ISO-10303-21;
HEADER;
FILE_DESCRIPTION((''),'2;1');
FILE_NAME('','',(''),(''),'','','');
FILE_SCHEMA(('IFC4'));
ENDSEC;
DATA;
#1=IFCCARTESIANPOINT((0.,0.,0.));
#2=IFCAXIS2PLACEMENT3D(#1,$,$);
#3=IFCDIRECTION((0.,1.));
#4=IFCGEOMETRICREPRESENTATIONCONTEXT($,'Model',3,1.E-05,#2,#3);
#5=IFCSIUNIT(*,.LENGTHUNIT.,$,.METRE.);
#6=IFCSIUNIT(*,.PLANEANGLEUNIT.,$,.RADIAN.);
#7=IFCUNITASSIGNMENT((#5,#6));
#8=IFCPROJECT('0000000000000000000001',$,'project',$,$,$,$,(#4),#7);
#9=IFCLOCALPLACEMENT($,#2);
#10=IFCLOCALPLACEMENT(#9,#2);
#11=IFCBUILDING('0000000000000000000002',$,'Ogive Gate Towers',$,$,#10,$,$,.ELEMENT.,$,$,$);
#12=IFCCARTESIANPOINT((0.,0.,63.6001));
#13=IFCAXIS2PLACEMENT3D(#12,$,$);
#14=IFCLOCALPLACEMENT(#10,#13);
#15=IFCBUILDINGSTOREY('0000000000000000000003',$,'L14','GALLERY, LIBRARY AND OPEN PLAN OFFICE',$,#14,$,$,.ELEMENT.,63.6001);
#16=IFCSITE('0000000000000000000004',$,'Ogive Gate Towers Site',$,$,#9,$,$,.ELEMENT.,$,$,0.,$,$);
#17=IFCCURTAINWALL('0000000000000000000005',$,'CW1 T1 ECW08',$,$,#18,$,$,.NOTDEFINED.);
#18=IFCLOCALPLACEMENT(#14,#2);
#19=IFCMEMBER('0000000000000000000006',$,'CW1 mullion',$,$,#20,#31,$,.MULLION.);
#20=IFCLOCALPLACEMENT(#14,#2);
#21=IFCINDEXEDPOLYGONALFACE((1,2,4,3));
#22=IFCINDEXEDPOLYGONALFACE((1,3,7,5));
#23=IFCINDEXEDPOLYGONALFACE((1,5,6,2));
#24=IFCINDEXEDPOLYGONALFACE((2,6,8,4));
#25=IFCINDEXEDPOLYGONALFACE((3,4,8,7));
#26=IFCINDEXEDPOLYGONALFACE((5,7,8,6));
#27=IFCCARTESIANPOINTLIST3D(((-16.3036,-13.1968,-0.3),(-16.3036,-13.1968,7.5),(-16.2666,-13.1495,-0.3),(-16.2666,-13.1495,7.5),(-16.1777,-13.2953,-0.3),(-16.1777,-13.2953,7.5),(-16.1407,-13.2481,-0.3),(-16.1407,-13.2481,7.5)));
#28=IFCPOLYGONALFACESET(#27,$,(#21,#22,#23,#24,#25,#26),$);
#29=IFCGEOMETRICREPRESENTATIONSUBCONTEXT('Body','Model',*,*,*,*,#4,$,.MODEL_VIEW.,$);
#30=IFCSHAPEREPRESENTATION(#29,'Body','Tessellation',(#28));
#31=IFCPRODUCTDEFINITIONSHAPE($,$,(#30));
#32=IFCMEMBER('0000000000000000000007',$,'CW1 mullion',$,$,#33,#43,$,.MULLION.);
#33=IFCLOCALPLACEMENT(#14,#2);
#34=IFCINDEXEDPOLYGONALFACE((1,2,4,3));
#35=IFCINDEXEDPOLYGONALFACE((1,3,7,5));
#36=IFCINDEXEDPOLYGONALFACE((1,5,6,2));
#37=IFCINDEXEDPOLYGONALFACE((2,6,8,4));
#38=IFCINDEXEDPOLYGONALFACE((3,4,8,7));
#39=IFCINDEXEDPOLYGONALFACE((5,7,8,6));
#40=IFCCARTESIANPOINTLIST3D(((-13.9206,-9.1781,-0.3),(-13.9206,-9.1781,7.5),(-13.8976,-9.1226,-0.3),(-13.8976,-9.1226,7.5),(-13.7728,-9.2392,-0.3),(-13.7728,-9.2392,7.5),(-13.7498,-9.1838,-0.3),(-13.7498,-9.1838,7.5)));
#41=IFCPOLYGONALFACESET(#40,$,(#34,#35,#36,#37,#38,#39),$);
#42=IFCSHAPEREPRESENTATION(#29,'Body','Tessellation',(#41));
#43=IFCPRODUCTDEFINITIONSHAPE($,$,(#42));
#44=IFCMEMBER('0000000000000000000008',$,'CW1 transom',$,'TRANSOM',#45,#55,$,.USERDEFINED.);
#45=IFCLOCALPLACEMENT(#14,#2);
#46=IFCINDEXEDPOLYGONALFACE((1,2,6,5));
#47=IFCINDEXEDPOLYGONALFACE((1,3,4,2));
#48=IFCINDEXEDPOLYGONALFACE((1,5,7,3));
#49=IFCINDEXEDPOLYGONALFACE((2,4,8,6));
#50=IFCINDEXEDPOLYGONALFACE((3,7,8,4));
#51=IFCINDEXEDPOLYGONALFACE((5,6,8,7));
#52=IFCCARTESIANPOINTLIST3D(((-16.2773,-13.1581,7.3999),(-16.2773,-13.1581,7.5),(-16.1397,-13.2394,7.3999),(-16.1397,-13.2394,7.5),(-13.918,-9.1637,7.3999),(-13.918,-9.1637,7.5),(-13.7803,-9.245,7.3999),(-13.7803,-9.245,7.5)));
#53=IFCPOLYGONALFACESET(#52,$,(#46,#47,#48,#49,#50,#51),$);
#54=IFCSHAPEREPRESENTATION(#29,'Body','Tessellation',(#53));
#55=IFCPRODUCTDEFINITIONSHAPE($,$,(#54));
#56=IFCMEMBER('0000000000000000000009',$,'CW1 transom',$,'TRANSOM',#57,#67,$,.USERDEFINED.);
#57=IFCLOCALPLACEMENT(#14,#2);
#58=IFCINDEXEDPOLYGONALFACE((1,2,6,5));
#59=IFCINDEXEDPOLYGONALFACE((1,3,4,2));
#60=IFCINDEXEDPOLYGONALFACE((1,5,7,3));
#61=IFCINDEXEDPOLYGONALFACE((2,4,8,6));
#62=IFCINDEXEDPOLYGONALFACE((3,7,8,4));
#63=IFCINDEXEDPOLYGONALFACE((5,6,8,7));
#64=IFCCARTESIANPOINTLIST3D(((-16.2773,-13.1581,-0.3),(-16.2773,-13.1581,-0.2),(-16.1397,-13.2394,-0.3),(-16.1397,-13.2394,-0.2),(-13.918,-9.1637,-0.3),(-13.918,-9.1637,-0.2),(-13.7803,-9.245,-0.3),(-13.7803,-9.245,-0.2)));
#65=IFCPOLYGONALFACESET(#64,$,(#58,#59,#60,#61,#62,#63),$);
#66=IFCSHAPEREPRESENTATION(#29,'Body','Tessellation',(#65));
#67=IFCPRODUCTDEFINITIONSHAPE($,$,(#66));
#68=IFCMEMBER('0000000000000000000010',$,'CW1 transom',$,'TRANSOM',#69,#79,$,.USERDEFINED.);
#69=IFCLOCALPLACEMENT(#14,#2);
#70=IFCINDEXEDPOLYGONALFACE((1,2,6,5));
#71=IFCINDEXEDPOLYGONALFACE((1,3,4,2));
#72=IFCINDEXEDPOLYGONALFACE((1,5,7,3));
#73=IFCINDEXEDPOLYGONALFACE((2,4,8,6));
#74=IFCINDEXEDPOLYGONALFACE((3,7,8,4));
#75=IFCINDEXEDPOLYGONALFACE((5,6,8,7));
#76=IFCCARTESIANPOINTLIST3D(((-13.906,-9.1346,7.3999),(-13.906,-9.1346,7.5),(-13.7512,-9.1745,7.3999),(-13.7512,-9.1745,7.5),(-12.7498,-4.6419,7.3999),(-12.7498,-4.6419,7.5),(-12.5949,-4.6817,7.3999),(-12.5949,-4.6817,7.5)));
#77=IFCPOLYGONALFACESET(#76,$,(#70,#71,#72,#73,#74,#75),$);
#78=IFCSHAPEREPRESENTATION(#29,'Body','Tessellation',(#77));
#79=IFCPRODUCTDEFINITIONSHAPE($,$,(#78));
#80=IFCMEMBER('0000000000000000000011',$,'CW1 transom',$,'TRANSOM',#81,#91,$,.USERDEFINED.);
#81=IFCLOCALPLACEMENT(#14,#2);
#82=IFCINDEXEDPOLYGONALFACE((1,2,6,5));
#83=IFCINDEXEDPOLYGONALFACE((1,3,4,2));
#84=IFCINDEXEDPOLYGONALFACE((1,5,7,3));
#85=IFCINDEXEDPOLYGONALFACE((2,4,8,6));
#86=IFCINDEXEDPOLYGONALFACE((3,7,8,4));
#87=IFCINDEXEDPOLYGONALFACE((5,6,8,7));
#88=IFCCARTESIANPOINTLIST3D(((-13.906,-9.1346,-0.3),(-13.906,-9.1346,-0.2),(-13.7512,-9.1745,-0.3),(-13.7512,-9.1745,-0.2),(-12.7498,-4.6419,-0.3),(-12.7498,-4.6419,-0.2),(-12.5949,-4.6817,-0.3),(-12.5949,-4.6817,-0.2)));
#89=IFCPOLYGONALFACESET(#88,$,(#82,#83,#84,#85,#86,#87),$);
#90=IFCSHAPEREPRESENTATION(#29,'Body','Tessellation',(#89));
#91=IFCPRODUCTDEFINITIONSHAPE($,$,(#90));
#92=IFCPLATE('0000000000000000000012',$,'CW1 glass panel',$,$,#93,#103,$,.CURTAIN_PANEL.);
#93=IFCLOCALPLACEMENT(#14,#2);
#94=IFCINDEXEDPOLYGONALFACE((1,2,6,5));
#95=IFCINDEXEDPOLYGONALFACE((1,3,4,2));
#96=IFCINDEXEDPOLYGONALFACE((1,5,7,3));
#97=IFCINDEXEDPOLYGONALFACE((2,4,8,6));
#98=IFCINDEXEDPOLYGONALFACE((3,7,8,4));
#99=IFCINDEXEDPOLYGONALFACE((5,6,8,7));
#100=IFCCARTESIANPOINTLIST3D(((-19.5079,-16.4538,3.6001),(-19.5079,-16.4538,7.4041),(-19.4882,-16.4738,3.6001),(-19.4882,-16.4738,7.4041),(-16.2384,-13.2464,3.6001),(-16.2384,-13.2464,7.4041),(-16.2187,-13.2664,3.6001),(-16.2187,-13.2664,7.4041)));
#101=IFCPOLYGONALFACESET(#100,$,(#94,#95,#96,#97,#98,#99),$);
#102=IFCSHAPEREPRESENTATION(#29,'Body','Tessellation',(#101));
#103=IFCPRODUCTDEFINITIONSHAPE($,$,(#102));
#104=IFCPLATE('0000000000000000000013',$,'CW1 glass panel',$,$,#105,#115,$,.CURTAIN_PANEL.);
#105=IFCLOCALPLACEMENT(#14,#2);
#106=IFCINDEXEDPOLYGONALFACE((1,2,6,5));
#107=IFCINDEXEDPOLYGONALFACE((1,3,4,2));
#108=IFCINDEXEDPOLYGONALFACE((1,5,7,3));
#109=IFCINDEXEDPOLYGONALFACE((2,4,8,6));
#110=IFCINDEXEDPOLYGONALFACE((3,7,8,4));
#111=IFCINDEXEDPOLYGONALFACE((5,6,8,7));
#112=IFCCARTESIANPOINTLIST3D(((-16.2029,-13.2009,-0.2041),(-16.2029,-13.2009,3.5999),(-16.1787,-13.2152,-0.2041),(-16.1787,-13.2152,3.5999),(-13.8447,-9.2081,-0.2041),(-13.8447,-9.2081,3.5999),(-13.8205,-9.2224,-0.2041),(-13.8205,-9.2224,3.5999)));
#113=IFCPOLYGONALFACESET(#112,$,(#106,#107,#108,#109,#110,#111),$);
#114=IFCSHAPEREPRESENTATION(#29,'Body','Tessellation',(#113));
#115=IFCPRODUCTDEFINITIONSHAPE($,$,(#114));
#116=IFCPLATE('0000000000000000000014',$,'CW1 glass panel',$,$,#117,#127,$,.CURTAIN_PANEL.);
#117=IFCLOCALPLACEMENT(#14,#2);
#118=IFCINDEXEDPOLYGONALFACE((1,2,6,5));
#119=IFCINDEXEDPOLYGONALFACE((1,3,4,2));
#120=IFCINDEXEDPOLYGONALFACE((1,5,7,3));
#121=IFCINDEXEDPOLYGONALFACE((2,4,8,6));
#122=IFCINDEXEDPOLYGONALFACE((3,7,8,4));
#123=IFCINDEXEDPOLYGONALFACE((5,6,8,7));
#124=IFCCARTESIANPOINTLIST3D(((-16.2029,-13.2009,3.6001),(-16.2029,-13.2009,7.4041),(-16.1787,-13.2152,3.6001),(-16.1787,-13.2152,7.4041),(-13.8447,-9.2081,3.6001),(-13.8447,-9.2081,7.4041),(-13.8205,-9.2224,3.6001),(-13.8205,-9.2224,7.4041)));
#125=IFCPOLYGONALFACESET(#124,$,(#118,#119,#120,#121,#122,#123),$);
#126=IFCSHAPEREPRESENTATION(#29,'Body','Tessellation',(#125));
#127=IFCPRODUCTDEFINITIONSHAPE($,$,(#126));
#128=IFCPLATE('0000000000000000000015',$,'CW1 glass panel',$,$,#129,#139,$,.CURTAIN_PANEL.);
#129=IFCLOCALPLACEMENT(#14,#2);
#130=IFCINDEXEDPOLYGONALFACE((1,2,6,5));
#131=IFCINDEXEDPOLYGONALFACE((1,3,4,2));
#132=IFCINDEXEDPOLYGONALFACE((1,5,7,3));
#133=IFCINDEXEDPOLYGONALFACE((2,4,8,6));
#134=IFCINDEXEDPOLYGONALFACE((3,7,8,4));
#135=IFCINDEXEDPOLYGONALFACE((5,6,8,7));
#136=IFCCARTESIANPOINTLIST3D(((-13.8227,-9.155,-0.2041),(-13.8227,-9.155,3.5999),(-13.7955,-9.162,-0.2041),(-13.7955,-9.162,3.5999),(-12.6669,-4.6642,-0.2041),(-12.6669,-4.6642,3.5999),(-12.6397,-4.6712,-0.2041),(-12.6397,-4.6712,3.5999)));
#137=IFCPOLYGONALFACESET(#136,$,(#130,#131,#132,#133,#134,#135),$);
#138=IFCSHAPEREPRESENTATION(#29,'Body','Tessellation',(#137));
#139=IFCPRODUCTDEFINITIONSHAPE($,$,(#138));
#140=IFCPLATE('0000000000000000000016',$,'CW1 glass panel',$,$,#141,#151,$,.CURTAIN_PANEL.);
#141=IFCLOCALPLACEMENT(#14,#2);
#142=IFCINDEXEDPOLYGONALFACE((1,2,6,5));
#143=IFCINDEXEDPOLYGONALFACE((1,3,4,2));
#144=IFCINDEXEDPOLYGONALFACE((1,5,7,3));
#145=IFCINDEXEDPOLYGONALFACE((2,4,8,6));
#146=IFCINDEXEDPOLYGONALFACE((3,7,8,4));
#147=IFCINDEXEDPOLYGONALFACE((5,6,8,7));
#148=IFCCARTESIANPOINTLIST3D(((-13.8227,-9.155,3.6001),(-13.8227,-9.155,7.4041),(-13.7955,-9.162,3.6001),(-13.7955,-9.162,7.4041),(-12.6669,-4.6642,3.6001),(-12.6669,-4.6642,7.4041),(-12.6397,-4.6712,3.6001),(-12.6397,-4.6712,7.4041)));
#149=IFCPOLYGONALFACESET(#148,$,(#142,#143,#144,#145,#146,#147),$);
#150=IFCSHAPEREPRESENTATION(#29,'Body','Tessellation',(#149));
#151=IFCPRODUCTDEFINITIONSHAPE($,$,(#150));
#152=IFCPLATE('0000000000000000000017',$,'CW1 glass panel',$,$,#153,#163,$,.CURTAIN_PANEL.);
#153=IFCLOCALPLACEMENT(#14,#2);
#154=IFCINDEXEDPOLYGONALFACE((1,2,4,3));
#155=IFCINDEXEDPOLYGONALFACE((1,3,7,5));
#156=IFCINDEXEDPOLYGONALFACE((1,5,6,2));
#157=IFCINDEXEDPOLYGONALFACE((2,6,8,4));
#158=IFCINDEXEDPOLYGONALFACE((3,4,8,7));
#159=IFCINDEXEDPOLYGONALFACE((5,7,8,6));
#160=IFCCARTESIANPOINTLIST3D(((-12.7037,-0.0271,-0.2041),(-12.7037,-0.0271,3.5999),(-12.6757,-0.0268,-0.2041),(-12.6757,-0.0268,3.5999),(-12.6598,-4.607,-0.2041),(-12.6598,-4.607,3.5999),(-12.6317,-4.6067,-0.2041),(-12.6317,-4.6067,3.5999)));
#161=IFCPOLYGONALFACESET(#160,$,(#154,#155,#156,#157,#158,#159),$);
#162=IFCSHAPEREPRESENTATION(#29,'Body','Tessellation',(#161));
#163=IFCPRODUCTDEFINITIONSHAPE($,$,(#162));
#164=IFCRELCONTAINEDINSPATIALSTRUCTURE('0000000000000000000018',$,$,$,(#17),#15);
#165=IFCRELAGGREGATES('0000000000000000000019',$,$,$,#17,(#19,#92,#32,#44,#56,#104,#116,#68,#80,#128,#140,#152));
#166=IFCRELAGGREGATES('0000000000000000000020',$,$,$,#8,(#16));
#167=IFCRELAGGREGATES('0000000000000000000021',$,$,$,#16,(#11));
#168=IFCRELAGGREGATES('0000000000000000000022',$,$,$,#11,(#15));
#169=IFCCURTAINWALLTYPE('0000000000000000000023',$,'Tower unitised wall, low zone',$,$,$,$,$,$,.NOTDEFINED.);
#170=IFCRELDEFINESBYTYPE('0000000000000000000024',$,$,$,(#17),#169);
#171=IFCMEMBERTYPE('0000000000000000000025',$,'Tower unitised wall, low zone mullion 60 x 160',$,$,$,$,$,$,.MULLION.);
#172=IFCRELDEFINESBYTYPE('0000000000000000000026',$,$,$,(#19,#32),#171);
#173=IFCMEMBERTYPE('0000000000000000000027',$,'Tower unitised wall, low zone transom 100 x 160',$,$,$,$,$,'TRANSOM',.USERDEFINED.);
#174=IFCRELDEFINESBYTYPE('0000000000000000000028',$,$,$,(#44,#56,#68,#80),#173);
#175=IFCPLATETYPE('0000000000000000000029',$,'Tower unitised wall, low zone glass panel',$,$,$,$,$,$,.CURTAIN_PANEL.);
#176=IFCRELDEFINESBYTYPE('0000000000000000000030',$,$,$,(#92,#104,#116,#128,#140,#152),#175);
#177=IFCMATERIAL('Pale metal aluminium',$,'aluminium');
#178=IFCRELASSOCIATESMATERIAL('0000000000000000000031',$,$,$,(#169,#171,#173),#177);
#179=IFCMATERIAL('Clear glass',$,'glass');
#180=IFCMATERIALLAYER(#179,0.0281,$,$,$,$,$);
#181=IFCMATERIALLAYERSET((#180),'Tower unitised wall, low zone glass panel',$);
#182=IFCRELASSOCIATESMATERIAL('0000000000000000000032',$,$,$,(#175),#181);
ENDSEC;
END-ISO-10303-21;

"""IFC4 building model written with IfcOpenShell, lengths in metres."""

from ifc_helpers import new_model, si_unit, direction, frame, origin, origin_2d, place, context, subcontext, project, spatial, rectangle, extrude, material, layer, layer_set, material_profile, profile_set, type_object, element, aggregate, save


model = new_model("IFC4")

# Units and contexts
model_context = context("Model", 3, precision=1e-05, world=origin(), true_north=direction((0.0, 1.0)))
body_context = subcontext(model_context, "Body", "Model", "MODEL_VIEW")
ifc_project = project(units=[si_unit("LENGTHUNIT", "METRE"), si_unit("PLANEANGLEUNIT", "RADIAN")], contexts=[model_context])

# Site, building, storey
site_placement = place(None, origin())
site = spatial("IfcSite", under=ifc_project, at=site_placement, Name="Ogive Gate Towers Site", CompositionType="ELEMENT", RefElevation=0.0)
building_placement = place(site_placement, origin())
building = spatial("IfcBuilding", under=site, at=building_placement, Name="Ogive Gate Towers", CompositionType="ELEMENT")
storey_placement = place(building_placement, frame((0.0, 0.0, 63.6001)))
storey = spatial("IfcBuildingStorey", under=building, at=storey_placement, Name="L14", Description="GALLERY, LIBRARY AND OPEN PLAN OFFICE", CompositionType="ELEMENT", Elevation=63.6001)

# Curtain wall, members, plates
ifc_material_1 = material(Name="Pale metal aluminium", Category="aluminium")
curtain_wall_type = type_object("IfcCurtainWallType", Name="Tower unitised wall, low zone", PredefinedType="NOTDEFINED", material=ifc_material_1)
curtain_wall_placement = place(storey_placement, origin())
curtain_wall = element("IfcCurtainWall", 1, at=curtain_wall_placement, inside=storey, type_object=curtain_wall_type, Name="CW1 T1 ECW08", PredefinedType="NOTDEFINED")
ifc_material_profile_1 = material_profile(ifc_material_1, rectangle(XDim=0.1599, YDim=0.0601, at=origin_2d()), Name="60 x 160 aluminium box")
ifc_profile_set_1 = profile_set([ifc_material_profile_1], Name="Pale metal aluminium")
member_type_1 = type_object("IfcMemberType", Name="Tower unitised wall, low zone mullion 60 x 160", PredefinedType="MULLION", material=ifc_profile_set_1)
member_1_placement = place(storey_placement, frame((-16.2222, -13.2224, -0.3), z_axis=(0.0, 0.0, 1.0), x_axis=(0.787387, -0.616459, 0.0)))
member_1 = element("IfcMember", 2, at=member_1_placement, type_object=member_type_1, Name="CW1 mullion", PredefinedType="MULLION", context=body_context, shape_type="SweptSolid", body=[
    extrude(rectangle(XDim=0.1599, YDim=0.0601, at=origin_2d()), origin(), (0.0, 0.0, 1.0), 7.8),
])
member_2_placement = place(storey_placement, frame((-13.8352, -9.1809, -0.3), z_axis=(0.0, 0.0, 1.0), x_axis=(0.92388, -0.382683, 0.0)))
member_2 = element("IfcMember", 3, at=member_2_placement, type_object=member_type_1, Name="CW1 mullion", PredefinedType="MULLION", context=body_context, shape_type="SweptSolid", body=[
    extrude(rectangle(XDim=0.1599, YDim=0.0601, at=origin_2d()), origin(), (0.0, 0.0, 1.0), 7.8),
])
ifc_material_profile_2 = material_profile(ifc_material_1, rectangle(XDim=0.1599, YDim=0.1001, at=origin_2d()), Name="100 x 160 aluminium box")
ifc_profile_set_2 = profile_set([ifc_material_profile_2], Name="Pale metal aluminium")
member_type_2 = type_object("IfcMemberType", Name="Tower unitised wall, low zone transom 100 x 160", ElementType="TRANSOM", PredefinedType="USERDEFINED", material=ifc_profile_set_2)
member_3_placement = place(storey_placement, frame((-16.2085, -13.1987, 7.45), z_axis=(0.508579, 0.861016, 0.0), x_axis=(-0.861016, 0.508579, 0.0)))
member_3 = element("IfcMember", 4, at=member_3_placement, type_object=member_type_2, Name="CW1 transom", ObjectType="TRANSOM", PredefinedType="USERDEFINED", context=body_context, shape_type="SweptSolid", body=[
    extrude(rectangle(XDim=0.1599, YDim=0.1001, at=origin_2d()), origin(), (0.0, 0.0, 1.0), 4.6392),
])
member_4_placement = place(storey_placement, frame((-16.2085, -13.1987, -0.25), z_axis=(0.508579, 0.861016, 0.0), x_axis=(-0.861016, 0.508579, 0.0)))
member_4 = element("IfcMember", 5, at=member_4_placement, type_object=member_type_2, Name="CW1 transom", ObjectType="TRANSOM", PredefinedType="USERDEFINED", context=body_context, shape_type="SweptSolid", body=[
    extrude(rectangle(XDim=0.1599, YDim=0.1001, at=origin_2d()), origin(), (0.0, 0.0, 1.0), 4.6392),
])
member_5_placement = place(storey_placement, frame((-13.8286, -9.1545, 7.45), z_axis=(0.249241, 0.968441, 0.0), x_axis=(-0.968441, 0.249241, 0.0)))
member_5 = element("IfcMember", 6, at=member_5_placement, type_object=member_type_2, Name="CW1 transom", ObjectType="TRANSOM", PredefinedType="USERDEFINED", context=body_context, shape_type="SweptSolid", body=[
    extrude(rectangle(XDim=0.1599, YDim=0.1001, at=origin_2d()), origin(), (0.0, 0.0, 1.0), 4.6392),
])
member_6_placement = place(storey_placement, frame((-13.8286, -9.1545, -0.25), z_axis=(0.249241, 0.968441, 0.0), x_axis=(-0.968441, 0.249241, 0.0)))
member_6 = element("IfcMember", 7, at=member_6_placement, type_object=member_type_2, Name="CW1 transom", ObjectType="TRANSOM", PredefinedType="USERDEFINED", context=body_context, shape_type="SweptSolid", body=[
    extrude(rectangle(XDim=0.1599, YDim=0.1001, at=origin_2d()), origin(), (0.0, 0.0, 1.0), 4.6392),
])
ifc_material_2 = material(Name="Clear glass", Category="glass")
ifc_layer_1 = layer(ifc_material_2, 0.0281)
ifc_layer_set_1 = layer_set([ifc_layer_1], Name="Tower unitised wall, low zone glass panel")
plate_type = type_object("IfcPlateType", Name="Tower unitised wall, low zone glass panel", PredefinedType="CURTAIN_PANEL", material=ifc_layer_set_1)
plate_1_placement = place(storey_placement, frame((-17.8633, -14.8601, 3.6001), z_axis=(0.0, 0.0, 1.0), x_axis=(0.71385, 0.700299, 0.0)))
plate_1 = element("IfcPlate", 8, at=plate_1_placement, type_object=plate_type, Name="CW1 glass panel", PredefinedType="CURTAIN_PANEL", context=body_context, shape_type="SweptSolid", body=[
    extrude(rectangle(XDim=4.5801, YDim=0.0281, at=origin_2d()), origin(), (0.0, 0.0, 1.0), 3.804),
])
plate_2_placement = place(storey_placement, frame((-15.0117, -11.2117, -0.2041), z_axis=(0.0, 0.0, 1.0), x_axis=(0.508546, 0.861035, 0.0)))
plate_2 = element("IfcPlate", 9, at=plate_2_placement, type_object=plate_type, Name="CW1 glass panel", PredefinedType="CURTAIN_PANEL", context=body_context, shape_type="SweptSolid", body=[
    extrude(rectangle(XDim=4.6372, YDim=0.0281, at=origin_2d()), origin(), (0.0, 0.0, 1.0), 3.804),
])
plate_3_placement = place(storey_placement, frame((-15.0117, -11.2117, 3.6001), z_axis=(0.0, 0.0, 1.0), x_axis=(0.508546, 0.861035, 0.0)))
plate_3 = element("IfcPlate", 10, at=plate_3_placement, type_object=plate_type, Name="CW1 glass panel", PredefinedType="CURTAIN_PANEL", context=body_context, shape_type="SweptSolid", body=[
    extrude(rectangle(XDim=4.6372, YDim=0.0281, at=origin_2d()), origin(), (0.0, 0.0, 1.0), 3.804),
])
plate_4_placement = place(storey_placement, frame((-13.2312, -6.9131, -0.2041), z_axis=(0.0, 0.0, 1.0), x_axis=(0.249248, 0.96844, 0.0)))
plate_4 = element("IfcPlate", 11, at=plate_4_placement, type_object=plate_type, Name="CW1 glass panel", PredefinedType="CURTAIN_PANEL", context=body_context, shape_type="SweptSolid", body=[
    extrude(rectangle(XDim=4.6372, YDim=0.0281, at=origin_2d()), origin(), (0.0, 0.0, 1.0), 3.804),
])
plate_5_placement = place(storey_placement, frame((-13.2312, -6.9131, 3.6001), z_axis=(0.0, 0.0, 1.0), x_axis=(0.249248, 0.96844, 0.0)))
plate_5 = element("IfcPlate", 12, at=plate_5_placement, type_object=plate_type, Name="CW1 glass panel", PredefinedType="CURTAIN_PANEL", context=body_context, shape_type="SweptSolid", body=[
    extrude(rectangle(XDim=4.6372, YDim=0.0281, at=origin_2d()), origin(), (0.0, 0.0, 1.0), 3.804),
])
plate_6_placement = place(storey_placement, frame((-12.6677, -2.3169, -0.2041), z_axis=(0.0, 0.0, 1.0), x_axis=(-0.009599, 0.999954, 0.0)))
plate_6 = element("IfcPlate", 13, at=plate_6_placement, type_object=plate_type, Name="CW1 glass panel", PredefinedType="CURTAIN_PANEL", context=body_context, shape_type="SweptSolid", body=[
    extrude(rectangle(XDim=4.5801, YDim=0.0281, at=origin_2d()), origin(), (0.0, 0.0, 1.0), 3.804),
])
aggregate(curtain_wall, [member_1, plate_1, member_2, member_3, member_4, plate_2, plate_3, member_5, member_6, plate_4, plate_5, plate_6])

save(model, "model.ifc")
